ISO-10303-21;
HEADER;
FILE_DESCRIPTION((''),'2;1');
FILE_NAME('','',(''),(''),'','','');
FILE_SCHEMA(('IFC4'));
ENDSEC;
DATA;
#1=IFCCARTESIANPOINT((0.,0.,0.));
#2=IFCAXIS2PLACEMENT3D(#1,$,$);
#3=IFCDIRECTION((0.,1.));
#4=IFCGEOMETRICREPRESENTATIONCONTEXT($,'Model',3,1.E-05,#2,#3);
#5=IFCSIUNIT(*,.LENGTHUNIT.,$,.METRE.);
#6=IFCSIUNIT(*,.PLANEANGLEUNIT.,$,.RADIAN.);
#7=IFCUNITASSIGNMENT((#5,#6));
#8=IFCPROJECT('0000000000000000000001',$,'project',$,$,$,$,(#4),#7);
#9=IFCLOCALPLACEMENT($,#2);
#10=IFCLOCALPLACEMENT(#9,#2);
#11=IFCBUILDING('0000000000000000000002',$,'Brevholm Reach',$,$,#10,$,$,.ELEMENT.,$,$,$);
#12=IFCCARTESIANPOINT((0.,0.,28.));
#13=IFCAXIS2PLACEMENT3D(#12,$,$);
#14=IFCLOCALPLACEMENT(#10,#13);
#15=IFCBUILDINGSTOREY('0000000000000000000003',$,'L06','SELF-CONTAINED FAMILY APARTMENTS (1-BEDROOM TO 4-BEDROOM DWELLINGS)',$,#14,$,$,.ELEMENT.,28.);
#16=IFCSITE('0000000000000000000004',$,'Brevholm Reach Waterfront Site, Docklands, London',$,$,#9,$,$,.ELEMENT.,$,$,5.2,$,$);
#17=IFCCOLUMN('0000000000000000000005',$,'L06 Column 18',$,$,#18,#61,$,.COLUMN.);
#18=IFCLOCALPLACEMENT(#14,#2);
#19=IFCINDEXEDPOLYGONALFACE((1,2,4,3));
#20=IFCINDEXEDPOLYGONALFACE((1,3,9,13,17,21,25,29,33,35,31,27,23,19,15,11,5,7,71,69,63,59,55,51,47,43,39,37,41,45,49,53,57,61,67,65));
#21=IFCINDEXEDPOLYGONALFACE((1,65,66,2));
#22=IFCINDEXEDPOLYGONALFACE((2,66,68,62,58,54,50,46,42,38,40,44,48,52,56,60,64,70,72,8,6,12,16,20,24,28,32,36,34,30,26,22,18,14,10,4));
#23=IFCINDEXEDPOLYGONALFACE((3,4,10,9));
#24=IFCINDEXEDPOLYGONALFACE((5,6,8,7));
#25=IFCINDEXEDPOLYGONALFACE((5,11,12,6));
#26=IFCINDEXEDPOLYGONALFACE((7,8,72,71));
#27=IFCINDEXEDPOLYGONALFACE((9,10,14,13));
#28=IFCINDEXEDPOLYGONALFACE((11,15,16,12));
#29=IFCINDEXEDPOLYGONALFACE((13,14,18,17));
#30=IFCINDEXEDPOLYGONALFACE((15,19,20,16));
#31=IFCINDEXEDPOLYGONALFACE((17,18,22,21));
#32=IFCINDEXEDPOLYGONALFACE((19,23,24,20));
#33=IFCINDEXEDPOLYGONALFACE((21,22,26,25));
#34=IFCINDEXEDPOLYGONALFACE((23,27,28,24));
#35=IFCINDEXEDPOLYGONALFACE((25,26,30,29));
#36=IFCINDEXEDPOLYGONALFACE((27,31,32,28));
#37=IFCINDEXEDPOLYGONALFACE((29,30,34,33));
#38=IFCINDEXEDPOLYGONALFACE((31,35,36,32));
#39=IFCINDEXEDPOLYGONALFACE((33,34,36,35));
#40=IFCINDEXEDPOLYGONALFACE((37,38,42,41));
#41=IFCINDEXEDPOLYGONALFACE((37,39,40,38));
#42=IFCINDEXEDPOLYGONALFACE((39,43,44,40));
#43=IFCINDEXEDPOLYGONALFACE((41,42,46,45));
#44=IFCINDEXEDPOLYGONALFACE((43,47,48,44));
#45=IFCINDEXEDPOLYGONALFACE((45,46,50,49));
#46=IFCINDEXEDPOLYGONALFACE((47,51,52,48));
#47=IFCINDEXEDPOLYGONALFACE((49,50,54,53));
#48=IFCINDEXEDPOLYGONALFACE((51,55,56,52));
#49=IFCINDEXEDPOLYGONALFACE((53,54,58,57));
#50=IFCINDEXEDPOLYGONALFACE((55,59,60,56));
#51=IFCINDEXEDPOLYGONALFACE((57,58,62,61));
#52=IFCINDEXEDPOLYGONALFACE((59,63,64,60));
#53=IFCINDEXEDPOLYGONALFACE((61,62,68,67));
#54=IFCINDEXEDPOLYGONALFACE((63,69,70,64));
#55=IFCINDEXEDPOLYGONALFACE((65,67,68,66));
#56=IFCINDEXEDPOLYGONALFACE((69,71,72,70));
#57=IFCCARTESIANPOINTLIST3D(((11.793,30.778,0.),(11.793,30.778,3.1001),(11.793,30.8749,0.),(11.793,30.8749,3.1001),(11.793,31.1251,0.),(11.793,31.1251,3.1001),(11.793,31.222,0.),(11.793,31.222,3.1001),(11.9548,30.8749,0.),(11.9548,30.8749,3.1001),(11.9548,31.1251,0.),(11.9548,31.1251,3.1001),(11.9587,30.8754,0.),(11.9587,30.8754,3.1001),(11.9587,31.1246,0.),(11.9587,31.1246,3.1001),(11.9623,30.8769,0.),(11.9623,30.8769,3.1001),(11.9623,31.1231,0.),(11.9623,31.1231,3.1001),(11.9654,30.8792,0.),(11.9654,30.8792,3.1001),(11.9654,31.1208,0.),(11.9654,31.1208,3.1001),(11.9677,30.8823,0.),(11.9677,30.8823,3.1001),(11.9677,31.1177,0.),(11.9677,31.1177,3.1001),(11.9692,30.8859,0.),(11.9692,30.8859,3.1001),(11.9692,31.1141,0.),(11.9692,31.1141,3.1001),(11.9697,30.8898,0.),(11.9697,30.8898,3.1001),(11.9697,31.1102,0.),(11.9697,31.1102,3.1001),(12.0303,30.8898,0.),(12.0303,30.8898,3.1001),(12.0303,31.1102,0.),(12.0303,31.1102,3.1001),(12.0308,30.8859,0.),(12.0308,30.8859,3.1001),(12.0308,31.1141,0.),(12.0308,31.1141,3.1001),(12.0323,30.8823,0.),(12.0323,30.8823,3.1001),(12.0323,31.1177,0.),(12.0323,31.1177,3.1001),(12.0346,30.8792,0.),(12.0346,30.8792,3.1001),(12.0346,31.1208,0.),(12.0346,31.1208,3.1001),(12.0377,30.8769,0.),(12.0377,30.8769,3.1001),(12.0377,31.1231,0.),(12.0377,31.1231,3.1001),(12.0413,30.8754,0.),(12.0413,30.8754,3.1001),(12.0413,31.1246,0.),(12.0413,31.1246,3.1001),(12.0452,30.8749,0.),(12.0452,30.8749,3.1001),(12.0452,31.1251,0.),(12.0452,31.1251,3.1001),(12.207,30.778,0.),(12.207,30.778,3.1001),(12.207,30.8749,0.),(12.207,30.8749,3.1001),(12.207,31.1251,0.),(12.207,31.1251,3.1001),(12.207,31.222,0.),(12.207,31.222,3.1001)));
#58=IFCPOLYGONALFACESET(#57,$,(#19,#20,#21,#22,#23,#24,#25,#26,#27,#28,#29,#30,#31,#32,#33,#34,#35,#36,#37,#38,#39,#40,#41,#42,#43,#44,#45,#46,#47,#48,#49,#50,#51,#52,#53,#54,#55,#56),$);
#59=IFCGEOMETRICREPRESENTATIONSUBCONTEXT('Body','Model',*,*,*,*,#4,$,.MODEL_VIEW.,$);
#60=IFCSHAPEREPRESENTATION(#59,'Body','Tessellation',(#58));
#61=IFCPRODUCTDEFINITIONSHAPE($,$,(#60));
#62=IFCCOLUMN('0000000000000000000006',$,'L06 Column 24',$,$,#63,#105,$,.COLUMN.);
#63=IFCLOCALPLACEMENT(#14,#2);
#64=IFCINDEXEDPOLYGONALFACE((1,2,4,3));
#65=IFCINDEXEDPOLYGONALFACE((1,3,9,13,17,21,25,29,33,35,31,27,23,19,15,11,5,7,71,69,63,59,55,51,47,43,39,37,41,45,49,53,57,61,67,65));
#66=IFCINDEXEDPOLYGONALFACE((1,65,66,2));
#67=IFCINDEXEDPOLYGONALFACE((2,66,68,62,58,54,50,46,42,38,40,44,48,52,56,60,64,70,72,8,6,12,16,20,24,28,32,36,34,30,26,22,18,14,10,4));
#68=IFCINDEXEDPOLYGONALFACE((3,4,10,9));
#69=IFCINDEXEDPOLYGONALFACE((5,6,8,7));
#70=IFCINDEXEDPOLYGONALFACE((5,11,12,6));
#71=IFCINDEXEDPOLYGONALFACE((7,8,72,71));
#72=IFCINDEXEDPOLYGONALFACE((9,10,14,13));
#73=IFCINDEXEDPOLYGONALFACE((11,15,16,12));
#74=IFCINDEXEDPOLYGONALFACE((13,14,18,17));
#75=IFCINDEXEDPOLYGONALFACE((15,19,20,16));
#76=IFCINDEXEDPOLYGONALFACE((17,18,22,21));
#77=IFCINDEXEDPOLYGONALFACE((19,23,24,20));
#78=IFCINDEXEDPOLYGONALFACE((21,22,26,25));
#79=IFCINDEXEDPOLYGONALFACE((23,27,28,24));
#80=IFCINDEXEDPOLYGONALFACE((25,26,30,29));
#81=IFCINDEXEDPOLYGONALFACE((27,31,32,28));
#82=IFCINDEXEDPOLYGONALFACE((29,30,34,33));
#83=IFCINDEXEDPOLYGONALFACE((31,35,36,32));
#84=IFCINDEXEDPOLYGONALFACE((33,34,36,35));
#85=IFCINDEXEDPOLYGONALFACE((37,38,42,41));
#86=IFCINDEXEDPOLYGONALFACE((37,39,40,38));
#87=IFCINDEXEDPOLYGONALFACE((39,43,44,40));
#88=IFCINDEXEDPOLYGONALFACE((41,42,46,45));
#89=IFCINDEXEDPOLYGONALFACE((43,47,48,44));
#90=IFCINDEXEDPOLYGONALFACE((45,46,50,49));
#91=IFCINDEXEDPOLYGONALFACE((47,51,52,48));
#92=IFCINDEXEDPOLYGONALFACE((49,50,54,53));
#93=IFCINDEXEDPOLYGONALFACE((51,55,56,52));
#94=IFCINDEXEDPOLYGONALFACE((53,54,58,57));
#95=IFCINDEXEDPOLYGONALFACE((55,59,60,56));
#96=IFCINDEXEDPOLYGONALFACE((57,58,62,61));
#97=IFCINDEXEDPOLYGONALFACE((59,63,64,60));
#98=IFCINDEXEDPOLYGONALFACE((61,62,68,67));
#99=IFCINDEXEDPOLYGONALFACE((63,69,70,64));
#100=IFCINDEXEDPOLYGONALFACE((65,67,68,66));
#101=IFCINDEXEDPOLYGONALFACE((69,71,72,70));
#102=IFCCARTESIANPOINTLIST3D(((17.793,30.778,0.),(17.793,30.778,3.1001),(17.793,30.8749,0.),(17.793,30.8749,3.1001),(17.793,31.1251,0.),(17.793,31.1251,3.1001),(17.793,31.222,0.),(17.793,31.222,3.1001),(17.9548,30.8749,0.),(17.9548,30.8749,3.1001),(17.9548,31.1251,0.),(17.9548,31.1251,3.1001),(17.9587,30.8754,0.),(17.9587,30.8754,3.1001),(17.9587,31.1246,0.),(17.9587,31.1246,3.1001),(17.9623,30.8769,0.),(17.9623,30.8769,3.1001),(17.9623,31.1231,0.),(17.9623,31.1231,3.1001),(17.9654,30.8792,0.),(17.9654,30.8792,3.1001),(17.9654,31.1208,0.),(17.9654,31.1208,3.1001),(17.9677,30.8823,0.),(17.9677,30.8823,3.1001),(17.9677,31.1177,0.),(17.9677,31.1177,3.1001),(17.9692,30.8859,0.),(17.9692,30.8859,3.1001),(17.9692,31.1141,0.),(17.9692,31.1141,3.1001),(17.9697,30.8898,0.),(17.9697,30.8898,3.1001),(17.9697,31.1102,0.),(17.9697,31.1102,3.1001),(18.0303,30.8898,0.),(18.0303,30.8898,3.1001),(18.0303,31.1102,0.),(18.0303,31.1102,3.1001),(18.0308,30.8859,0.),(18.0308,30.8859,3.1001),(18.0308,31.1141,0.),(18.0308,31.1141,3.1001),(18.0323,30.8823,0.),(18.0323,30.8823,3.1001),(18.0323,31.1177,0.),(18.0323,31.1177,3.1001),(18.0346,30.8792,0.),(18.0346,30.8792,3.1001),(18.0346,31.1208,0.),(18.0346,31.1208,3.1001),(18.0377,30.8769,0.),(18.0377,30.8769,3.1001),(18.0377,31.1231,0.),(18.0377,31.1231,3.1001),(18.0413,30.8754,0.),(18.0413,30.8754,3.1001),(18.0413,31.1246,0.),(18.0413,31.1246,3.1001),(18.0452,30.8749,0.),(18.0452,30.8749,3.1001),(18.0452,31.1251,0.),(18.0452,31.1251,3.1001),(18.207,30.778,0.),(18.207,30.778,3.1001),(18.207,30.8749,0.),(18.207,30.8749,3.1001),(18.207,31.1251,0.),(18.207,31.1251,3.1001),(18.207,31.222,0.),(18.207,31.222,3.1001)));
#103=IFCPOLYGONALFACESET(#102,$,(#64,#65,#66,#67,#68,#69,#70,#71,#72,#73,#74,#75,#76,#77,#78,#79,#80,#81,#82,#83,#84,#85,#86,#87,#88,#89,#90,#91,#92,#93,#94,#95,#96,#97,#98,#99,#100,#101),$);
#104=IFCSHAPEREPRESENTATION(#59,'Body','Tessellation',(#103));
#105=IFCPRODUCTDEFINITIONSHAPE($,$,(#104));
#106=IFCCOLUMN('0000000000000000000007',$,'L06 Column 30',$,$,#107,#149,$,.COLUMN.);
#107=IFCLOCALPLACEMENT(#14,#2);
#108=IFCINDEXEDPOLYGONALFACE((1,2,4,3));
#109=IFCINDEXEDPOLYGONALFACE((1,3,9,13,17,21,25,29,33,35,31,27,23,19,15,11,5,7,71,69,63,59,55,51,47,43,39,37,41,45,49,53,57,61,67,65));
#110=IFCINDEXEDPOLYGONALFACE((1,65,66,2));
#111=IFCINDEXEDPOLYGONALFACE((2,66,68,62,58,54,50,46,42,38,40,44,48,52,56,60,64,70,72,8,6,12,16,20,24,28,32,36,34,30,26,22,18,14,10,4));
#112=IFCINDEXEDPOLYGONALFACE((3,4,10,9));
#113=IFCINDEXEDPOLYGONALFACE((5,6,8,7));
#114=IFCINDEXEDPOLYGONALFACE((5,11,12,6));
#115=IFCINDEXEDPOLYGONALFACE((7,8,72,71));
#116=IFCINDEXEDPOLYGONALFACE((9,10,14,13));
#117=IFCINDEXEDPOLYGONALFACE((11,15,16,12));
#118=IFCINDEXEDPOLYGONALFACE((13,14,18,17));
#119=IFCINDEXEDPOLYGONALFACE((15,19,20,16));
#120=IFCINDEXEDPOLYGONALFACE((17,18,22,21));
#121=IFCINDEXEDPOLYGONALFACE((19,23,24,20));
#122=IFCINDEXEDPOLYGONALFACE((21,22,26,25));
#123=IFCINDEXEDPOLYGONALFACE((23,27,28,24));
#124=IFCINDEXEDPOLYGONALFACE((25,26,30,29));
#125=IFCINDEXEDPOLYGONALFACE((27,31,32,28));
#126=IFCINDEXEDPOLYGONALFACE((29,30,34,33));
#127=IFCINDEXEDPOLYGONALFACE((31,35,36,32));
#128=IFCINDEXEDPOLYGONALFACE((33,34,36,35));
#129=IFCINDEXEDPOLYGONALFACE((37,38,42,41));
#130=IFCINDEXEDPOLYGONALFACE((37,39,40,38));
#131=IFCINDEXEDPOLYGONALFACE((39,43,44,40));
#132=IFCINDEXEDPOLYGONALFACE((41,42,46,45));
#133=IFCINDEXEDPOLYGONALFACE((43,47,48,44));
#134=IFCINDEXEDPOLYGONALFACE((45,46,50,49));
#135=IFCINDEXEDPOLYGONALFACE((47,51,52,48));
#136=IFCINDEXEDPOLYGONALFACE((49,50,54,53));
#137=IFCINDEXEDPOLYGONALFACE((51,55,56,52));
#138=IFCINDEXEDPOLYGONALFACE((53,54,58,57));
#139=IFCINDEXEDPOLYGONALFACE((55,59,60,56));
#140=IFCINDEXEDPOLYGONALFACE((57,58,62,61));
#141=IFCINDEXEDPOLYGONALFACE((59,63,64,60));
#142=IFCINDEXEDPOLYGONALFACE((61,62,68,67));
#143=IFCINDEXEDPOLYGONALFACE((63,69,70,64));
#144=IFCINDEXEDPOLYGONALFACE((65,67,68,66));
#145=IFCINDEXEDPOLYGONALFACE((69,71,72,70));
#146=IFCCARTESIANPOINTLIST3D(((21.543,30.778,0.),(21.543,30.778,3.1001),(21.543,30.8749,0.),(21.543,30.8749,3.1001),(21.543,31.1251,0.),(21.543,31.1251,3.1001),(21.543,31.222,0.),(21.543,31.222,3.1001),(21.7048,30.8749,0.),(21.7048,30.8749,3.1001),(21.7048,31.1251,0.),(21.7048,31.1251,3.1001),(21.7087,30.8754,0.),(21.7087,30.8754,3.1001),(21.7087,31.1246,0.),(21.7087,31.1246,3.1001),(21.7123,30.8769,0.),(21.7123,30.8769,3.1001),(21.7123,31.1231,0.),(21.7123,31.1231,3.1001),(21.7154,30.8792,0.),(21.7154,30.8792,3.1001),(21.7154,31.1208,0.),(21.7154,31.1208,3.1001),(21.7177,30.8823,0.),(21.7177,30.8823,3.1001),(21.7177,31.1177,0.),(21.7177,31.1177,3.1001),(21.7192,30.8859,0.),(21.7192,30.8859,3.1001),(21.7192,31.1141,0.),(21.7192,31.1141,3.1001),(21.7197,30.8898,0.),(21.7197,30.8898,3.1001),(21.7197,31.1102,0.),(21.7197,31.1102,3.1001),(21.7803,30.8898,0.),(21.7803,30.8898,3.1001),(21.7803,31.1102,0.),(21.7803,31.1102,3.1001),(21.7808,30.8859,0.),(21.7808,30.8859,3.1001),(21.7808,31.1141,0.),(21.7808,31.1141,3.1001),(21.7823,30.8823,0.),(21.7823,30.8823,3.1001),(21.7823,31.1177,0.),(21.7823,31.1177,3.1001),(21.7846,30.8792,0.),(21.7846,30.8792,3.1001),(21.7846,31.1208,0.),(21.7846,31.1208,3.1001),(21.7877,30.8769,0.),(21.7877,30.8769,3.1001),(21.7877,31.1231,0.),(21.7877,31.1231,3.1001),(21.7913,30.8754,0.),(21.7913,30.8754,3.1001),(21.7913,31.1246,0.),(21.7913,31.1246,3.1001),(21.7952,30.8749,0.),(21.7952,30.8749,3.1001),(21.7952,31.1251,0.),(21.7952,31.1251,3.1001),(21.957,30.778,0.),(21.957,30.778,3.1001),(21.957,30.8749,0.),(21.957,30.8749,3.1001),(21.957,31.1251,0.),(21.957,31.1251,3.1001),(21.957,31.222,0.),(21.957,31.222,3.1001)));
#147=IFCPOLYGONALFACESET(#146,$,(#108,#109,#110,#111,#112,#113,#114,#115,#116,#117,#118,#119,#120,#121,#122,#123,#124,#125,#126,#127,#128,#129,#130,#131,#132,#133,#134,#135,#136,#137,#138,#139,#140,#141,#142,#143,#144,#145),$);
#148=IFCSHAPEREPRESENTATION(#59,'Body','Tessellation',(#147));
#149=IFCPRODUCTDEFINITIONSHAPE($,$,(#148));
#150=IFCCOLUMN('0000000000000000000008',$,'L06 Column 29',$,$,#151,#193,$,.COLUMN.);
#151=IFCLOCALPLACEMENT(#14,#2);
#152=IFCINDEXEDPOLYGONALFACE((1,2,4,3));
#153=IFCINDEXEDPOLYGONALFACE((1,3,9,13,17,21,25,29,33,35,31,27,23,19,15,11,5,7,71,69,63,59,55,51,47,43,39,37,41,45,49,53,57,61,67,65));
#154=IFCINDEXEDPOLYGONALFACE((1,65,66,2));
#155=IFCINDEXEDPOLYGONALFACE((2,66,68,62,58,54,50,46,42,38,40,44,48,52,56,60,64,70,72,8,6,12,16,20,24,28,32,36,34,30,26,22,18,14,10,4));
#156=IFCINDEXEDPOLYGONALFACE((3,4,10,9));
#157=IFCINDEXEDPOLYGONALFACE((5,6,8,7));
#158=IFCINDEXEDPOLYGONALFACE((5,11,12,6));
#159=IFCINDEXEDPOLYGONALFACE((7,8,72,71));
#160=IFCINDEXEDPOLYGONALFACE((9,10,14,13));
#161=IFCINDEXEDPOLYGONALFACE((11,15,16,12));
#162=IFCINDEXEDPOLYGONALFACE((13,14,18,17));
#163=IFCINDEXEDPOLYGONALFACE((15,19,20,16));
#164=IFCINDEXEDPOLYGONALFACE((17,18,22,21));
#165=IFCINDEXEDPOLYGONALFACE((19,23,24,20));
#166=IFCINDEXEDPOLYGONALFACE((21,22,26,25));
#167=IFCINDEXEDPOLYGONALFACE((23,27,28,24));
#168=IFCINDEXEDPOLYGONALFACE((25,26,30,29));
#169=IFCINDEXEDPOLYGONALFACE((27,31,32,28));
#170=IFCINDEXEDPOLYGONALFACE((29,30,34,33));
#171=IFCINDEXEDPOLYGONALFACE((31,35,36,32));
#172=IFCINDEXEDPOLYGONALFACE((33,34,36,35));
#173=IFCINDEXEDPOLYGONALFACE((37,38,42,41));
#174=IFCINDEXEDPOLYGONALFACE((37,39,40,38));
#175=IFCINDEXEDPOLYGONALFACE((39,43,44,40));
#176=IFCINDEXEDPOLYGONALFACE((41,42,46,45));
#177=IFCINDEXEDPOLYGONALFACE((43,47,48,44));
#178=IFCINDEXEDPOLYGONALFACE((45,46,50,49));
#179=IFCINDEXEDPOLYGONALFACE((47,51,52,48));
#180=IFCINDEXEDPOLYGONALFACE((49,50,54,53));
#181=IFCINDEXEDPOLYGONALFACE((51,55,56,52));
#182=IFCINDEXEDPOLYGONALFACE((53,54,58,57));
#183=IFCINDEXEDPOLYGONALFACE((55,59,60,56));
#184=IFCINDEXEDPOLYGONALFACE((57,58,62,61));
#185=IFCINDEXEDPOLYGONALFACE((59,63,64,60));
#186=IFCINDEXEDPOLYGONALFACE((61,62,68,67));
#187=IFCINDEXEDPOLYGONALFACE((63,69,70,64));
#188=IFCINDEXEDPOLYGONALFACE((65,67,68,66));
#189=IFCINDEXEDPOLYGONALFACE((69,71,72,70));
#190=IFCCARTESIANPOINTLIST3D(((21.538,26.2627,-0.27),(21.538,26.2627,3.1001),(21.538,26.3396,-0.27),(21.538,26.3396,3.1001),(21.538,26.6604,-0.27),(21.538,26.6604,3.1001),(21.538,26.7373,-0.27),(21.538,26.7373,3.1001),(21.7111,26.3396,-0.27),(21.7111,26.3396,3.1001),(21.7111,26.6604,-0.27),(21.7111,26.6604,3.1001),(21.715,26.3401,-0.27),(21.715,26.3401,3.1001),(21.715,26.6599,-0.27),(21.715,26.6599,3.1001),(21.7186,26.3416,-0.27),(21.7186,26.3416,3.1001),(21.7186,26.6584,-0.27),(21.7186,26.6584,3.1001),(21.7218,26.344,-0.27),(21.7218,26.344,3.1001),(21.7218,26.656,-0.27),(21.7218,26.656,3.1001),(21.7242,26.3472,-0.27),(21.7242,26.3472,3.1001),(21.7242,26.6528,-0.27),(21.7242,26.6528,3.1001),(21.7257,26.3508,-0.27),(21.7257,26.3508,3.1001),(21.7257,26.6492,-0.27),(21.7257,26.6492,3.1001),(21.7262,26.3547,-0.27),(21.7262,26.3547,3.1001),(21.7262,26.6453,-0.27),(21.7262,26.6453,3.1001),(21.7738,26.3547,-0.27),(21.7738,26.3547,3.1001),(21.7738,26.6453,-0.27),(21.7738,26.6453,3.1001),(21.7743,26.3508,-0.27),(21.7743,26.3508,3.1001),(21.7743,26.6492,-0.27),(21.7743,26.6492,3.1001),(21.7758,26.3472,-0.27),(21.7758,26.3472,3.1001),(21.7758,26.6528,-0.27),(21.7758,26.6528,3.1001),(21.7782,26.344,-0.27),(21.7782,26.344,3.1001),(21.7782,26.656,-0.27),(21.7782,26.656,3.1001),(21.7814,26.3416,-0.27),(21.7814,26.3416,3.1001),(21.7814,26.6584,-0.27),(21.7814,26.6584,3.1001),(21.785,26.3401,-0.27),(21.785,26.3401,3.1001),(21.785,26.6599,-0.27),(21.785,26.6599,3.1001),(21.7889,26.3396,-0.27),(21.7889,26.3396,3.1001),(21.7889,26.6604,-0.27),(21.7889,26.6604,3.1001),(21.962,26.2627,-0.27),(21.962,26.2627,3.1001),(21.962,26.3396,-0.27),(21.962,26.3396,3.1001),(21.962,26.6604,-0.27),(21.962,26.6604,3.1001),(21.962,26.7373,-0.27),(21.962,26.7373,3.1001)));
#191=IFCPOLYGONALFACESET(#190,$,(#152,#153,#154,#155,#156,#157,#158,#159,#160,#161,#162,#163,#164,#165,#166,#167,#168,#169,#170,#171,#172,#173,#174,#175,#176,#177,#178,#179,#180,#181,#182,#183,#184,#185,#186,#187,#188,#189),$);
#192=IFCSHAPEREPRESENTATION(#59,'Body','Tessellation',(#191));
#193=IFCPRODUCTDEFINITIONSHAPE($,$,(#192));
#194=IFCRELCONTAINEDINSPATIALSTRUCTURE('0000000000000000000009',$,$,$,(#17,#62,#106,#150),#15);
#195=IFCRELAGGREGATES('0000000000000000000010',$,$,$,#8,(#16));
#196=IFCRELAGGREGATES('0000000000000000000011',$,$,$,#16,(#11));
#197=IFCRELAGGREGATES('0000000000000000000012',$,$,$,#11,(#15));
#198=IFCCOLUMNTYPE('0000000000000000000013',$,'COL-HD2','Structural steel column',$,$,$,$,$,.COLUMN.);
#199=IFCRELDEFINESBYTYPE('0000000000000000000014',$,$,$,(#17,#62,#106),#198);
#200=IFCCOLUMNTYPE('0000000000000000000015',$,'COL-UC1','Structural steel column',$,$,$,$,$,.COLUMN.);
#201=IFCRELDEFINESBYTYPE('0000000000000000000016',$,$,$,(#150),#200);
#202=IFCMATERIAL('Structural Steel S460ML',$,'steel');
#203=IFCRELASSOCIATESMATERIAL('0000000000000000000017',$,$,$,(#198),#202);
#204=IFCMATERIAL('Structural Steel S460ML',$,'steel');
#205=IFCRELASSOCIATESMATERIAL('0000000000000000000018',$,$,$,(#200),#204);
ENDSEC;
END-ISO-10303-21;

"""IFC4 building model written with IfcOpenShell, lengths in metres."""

from ifc_helpers import new_model, si_unit, direction, frame, origin, origin_2d, place, context, subcontext, project, spatial, i_section, extrude, material, material_profile, profile_set, type_object, element, save


model = new_model("IFC4")

# Units and contexts
model_context = context("Model", 3, precision=1e-05, world=origin(), true_north=direction((0.0, 1.0)))
body_context = subcontext(model_context, "Body", "Model", "MODEL_VIEW")
ifc_project = project(units=[si_unit("LENGTHUNIT", "METRE"), si_unit("PLANEANGLEUNIT", "RADIAN")], contexts=[model_context])

# Site, building, storey
site_placement = place(None, origin())
site = spatial("IfcSite", under=ifc_project, at=site_placement, Name="Brevholm Reach Waterfront Site, Docklands, London", CompositionType="ELEMENT", RefElevation=5.2)
building_placement = place(site_placement, origin())
building = spatial("IfcBuilding", under=site, at=building_placement, Name="Brevholm Reach", CompositionType="ELEMENT")
storey_placement = place(building_placement, frame((0.0, 0.0, 28.0)))
storey = spatial("IfcBuildingStorey", under=building, at=storey_placement, Name="L06", Description="SELF-CONTAINED FAMILY APARTMENTS (1-BEDROOM TO 4-BEDROOM DWELLINGS)", CompositionType="ELEMENT", Elevation=28.0)

# Columns
ifc_material_1 = material(Name="Structural Steel S460ML", Category="steel")
ifc_material_profile_1 = material_profile(ifc_material_1, i_section(OverallWidth=0.4141, OverallDepth=0.4441, WebThickness=0.0605, FlangeThickness=0.0969, FilletRadius=0.0149, at=origin_2d()), Name="HD 400x818")
ifc_profile_set_1 = profile_set([ifc_material_profile_1], Name="Structural Steel S460ML")
column_type_1 = type_object("IfcColumnType", Name="COL-HD2", Description="Structural steel column", PredefinedType="COLUMN", material=ifc_profile_set_1)
for number, where, z_axis, x_axis, name in (
    (1, (12.0, 31.0, 0.0), (0.0, 0.0, 1.0), (1.0, 0.0, 0.0), "L06 Column 18"),
    (2, (18.0, 31.0, 0.0), (0.0, 0.0, 1.0), (1.0, 0.0, 0.0), "L06 Column 24"),
    (3, (21.75, 31.0, 0.0), (0.0, 0.0, 1.0), (1.0, 0.0, 0.0), "L06 Column 30"),
):
    element("IfcColumn", number, at=place(storey_placement, frame(where, z_axis=z_axis, x_axis=x_axis)), inside=storey, type_object=column_type_1, Name=name, PredefinedType="COLUMN", context=body_context, shape_type="SweptSolid", body=[
        extrude(i_section(OverallWidth=0.4141, OverallDepth=0.4441, WebThickness=0.0605, FlangeThickness=0.0969, FilletRadius=0.0149, at=origin_2d()), origin(), (0.0, 0.0, 1.0), 3.1001),
    ])
ifc_material_2 = material(Name="Structural Steel S460ML", Category="steel")
ifc_material_profile_2 = material_profile(ifc_material_2, i_section(OverallWidth=0.4241, OverallDepth=0.4746, WebThickness=0.0476, FlangeThickness=0.0769, FilletRadius=0.0151, at=origin_2d()), Name="UKC 356x406x634")
ifc_profile_set_2 = profile_set([ifc_material_profile_2], Name="Structural Steel S460ML")
column_type_2 = type_object("IfcColumnType", Name="COL-UC1", Description="Structural steel column", PredefinedType="COLUMN", material=ifc_profile_set_2)
column_placement = place(storey_placement, frame((21.75, 26.5, -0.27), z_axis=(0.0, 0.0, 1.0), x_axis=(1.0, 0.0, 0.0)))
element("IfcColumn", 4, at=column_placement, inside=storey, type_object=column_type_2, Name="L06 Column 29", PredefinedType="COLUMN", context=body_context, shape_type="SweptSolid", body=[
    extrude(i_section(OverallWidth=0.4241, OverallDepth=0.4746, WebThickness=0.0476, FlangeThickness=0.0769, FilletRadius=0.0151, at=origin_2d()), origin(), (0.0, 0.0, 1.0), 3.3701),
])

save(model, "model.ifc")
